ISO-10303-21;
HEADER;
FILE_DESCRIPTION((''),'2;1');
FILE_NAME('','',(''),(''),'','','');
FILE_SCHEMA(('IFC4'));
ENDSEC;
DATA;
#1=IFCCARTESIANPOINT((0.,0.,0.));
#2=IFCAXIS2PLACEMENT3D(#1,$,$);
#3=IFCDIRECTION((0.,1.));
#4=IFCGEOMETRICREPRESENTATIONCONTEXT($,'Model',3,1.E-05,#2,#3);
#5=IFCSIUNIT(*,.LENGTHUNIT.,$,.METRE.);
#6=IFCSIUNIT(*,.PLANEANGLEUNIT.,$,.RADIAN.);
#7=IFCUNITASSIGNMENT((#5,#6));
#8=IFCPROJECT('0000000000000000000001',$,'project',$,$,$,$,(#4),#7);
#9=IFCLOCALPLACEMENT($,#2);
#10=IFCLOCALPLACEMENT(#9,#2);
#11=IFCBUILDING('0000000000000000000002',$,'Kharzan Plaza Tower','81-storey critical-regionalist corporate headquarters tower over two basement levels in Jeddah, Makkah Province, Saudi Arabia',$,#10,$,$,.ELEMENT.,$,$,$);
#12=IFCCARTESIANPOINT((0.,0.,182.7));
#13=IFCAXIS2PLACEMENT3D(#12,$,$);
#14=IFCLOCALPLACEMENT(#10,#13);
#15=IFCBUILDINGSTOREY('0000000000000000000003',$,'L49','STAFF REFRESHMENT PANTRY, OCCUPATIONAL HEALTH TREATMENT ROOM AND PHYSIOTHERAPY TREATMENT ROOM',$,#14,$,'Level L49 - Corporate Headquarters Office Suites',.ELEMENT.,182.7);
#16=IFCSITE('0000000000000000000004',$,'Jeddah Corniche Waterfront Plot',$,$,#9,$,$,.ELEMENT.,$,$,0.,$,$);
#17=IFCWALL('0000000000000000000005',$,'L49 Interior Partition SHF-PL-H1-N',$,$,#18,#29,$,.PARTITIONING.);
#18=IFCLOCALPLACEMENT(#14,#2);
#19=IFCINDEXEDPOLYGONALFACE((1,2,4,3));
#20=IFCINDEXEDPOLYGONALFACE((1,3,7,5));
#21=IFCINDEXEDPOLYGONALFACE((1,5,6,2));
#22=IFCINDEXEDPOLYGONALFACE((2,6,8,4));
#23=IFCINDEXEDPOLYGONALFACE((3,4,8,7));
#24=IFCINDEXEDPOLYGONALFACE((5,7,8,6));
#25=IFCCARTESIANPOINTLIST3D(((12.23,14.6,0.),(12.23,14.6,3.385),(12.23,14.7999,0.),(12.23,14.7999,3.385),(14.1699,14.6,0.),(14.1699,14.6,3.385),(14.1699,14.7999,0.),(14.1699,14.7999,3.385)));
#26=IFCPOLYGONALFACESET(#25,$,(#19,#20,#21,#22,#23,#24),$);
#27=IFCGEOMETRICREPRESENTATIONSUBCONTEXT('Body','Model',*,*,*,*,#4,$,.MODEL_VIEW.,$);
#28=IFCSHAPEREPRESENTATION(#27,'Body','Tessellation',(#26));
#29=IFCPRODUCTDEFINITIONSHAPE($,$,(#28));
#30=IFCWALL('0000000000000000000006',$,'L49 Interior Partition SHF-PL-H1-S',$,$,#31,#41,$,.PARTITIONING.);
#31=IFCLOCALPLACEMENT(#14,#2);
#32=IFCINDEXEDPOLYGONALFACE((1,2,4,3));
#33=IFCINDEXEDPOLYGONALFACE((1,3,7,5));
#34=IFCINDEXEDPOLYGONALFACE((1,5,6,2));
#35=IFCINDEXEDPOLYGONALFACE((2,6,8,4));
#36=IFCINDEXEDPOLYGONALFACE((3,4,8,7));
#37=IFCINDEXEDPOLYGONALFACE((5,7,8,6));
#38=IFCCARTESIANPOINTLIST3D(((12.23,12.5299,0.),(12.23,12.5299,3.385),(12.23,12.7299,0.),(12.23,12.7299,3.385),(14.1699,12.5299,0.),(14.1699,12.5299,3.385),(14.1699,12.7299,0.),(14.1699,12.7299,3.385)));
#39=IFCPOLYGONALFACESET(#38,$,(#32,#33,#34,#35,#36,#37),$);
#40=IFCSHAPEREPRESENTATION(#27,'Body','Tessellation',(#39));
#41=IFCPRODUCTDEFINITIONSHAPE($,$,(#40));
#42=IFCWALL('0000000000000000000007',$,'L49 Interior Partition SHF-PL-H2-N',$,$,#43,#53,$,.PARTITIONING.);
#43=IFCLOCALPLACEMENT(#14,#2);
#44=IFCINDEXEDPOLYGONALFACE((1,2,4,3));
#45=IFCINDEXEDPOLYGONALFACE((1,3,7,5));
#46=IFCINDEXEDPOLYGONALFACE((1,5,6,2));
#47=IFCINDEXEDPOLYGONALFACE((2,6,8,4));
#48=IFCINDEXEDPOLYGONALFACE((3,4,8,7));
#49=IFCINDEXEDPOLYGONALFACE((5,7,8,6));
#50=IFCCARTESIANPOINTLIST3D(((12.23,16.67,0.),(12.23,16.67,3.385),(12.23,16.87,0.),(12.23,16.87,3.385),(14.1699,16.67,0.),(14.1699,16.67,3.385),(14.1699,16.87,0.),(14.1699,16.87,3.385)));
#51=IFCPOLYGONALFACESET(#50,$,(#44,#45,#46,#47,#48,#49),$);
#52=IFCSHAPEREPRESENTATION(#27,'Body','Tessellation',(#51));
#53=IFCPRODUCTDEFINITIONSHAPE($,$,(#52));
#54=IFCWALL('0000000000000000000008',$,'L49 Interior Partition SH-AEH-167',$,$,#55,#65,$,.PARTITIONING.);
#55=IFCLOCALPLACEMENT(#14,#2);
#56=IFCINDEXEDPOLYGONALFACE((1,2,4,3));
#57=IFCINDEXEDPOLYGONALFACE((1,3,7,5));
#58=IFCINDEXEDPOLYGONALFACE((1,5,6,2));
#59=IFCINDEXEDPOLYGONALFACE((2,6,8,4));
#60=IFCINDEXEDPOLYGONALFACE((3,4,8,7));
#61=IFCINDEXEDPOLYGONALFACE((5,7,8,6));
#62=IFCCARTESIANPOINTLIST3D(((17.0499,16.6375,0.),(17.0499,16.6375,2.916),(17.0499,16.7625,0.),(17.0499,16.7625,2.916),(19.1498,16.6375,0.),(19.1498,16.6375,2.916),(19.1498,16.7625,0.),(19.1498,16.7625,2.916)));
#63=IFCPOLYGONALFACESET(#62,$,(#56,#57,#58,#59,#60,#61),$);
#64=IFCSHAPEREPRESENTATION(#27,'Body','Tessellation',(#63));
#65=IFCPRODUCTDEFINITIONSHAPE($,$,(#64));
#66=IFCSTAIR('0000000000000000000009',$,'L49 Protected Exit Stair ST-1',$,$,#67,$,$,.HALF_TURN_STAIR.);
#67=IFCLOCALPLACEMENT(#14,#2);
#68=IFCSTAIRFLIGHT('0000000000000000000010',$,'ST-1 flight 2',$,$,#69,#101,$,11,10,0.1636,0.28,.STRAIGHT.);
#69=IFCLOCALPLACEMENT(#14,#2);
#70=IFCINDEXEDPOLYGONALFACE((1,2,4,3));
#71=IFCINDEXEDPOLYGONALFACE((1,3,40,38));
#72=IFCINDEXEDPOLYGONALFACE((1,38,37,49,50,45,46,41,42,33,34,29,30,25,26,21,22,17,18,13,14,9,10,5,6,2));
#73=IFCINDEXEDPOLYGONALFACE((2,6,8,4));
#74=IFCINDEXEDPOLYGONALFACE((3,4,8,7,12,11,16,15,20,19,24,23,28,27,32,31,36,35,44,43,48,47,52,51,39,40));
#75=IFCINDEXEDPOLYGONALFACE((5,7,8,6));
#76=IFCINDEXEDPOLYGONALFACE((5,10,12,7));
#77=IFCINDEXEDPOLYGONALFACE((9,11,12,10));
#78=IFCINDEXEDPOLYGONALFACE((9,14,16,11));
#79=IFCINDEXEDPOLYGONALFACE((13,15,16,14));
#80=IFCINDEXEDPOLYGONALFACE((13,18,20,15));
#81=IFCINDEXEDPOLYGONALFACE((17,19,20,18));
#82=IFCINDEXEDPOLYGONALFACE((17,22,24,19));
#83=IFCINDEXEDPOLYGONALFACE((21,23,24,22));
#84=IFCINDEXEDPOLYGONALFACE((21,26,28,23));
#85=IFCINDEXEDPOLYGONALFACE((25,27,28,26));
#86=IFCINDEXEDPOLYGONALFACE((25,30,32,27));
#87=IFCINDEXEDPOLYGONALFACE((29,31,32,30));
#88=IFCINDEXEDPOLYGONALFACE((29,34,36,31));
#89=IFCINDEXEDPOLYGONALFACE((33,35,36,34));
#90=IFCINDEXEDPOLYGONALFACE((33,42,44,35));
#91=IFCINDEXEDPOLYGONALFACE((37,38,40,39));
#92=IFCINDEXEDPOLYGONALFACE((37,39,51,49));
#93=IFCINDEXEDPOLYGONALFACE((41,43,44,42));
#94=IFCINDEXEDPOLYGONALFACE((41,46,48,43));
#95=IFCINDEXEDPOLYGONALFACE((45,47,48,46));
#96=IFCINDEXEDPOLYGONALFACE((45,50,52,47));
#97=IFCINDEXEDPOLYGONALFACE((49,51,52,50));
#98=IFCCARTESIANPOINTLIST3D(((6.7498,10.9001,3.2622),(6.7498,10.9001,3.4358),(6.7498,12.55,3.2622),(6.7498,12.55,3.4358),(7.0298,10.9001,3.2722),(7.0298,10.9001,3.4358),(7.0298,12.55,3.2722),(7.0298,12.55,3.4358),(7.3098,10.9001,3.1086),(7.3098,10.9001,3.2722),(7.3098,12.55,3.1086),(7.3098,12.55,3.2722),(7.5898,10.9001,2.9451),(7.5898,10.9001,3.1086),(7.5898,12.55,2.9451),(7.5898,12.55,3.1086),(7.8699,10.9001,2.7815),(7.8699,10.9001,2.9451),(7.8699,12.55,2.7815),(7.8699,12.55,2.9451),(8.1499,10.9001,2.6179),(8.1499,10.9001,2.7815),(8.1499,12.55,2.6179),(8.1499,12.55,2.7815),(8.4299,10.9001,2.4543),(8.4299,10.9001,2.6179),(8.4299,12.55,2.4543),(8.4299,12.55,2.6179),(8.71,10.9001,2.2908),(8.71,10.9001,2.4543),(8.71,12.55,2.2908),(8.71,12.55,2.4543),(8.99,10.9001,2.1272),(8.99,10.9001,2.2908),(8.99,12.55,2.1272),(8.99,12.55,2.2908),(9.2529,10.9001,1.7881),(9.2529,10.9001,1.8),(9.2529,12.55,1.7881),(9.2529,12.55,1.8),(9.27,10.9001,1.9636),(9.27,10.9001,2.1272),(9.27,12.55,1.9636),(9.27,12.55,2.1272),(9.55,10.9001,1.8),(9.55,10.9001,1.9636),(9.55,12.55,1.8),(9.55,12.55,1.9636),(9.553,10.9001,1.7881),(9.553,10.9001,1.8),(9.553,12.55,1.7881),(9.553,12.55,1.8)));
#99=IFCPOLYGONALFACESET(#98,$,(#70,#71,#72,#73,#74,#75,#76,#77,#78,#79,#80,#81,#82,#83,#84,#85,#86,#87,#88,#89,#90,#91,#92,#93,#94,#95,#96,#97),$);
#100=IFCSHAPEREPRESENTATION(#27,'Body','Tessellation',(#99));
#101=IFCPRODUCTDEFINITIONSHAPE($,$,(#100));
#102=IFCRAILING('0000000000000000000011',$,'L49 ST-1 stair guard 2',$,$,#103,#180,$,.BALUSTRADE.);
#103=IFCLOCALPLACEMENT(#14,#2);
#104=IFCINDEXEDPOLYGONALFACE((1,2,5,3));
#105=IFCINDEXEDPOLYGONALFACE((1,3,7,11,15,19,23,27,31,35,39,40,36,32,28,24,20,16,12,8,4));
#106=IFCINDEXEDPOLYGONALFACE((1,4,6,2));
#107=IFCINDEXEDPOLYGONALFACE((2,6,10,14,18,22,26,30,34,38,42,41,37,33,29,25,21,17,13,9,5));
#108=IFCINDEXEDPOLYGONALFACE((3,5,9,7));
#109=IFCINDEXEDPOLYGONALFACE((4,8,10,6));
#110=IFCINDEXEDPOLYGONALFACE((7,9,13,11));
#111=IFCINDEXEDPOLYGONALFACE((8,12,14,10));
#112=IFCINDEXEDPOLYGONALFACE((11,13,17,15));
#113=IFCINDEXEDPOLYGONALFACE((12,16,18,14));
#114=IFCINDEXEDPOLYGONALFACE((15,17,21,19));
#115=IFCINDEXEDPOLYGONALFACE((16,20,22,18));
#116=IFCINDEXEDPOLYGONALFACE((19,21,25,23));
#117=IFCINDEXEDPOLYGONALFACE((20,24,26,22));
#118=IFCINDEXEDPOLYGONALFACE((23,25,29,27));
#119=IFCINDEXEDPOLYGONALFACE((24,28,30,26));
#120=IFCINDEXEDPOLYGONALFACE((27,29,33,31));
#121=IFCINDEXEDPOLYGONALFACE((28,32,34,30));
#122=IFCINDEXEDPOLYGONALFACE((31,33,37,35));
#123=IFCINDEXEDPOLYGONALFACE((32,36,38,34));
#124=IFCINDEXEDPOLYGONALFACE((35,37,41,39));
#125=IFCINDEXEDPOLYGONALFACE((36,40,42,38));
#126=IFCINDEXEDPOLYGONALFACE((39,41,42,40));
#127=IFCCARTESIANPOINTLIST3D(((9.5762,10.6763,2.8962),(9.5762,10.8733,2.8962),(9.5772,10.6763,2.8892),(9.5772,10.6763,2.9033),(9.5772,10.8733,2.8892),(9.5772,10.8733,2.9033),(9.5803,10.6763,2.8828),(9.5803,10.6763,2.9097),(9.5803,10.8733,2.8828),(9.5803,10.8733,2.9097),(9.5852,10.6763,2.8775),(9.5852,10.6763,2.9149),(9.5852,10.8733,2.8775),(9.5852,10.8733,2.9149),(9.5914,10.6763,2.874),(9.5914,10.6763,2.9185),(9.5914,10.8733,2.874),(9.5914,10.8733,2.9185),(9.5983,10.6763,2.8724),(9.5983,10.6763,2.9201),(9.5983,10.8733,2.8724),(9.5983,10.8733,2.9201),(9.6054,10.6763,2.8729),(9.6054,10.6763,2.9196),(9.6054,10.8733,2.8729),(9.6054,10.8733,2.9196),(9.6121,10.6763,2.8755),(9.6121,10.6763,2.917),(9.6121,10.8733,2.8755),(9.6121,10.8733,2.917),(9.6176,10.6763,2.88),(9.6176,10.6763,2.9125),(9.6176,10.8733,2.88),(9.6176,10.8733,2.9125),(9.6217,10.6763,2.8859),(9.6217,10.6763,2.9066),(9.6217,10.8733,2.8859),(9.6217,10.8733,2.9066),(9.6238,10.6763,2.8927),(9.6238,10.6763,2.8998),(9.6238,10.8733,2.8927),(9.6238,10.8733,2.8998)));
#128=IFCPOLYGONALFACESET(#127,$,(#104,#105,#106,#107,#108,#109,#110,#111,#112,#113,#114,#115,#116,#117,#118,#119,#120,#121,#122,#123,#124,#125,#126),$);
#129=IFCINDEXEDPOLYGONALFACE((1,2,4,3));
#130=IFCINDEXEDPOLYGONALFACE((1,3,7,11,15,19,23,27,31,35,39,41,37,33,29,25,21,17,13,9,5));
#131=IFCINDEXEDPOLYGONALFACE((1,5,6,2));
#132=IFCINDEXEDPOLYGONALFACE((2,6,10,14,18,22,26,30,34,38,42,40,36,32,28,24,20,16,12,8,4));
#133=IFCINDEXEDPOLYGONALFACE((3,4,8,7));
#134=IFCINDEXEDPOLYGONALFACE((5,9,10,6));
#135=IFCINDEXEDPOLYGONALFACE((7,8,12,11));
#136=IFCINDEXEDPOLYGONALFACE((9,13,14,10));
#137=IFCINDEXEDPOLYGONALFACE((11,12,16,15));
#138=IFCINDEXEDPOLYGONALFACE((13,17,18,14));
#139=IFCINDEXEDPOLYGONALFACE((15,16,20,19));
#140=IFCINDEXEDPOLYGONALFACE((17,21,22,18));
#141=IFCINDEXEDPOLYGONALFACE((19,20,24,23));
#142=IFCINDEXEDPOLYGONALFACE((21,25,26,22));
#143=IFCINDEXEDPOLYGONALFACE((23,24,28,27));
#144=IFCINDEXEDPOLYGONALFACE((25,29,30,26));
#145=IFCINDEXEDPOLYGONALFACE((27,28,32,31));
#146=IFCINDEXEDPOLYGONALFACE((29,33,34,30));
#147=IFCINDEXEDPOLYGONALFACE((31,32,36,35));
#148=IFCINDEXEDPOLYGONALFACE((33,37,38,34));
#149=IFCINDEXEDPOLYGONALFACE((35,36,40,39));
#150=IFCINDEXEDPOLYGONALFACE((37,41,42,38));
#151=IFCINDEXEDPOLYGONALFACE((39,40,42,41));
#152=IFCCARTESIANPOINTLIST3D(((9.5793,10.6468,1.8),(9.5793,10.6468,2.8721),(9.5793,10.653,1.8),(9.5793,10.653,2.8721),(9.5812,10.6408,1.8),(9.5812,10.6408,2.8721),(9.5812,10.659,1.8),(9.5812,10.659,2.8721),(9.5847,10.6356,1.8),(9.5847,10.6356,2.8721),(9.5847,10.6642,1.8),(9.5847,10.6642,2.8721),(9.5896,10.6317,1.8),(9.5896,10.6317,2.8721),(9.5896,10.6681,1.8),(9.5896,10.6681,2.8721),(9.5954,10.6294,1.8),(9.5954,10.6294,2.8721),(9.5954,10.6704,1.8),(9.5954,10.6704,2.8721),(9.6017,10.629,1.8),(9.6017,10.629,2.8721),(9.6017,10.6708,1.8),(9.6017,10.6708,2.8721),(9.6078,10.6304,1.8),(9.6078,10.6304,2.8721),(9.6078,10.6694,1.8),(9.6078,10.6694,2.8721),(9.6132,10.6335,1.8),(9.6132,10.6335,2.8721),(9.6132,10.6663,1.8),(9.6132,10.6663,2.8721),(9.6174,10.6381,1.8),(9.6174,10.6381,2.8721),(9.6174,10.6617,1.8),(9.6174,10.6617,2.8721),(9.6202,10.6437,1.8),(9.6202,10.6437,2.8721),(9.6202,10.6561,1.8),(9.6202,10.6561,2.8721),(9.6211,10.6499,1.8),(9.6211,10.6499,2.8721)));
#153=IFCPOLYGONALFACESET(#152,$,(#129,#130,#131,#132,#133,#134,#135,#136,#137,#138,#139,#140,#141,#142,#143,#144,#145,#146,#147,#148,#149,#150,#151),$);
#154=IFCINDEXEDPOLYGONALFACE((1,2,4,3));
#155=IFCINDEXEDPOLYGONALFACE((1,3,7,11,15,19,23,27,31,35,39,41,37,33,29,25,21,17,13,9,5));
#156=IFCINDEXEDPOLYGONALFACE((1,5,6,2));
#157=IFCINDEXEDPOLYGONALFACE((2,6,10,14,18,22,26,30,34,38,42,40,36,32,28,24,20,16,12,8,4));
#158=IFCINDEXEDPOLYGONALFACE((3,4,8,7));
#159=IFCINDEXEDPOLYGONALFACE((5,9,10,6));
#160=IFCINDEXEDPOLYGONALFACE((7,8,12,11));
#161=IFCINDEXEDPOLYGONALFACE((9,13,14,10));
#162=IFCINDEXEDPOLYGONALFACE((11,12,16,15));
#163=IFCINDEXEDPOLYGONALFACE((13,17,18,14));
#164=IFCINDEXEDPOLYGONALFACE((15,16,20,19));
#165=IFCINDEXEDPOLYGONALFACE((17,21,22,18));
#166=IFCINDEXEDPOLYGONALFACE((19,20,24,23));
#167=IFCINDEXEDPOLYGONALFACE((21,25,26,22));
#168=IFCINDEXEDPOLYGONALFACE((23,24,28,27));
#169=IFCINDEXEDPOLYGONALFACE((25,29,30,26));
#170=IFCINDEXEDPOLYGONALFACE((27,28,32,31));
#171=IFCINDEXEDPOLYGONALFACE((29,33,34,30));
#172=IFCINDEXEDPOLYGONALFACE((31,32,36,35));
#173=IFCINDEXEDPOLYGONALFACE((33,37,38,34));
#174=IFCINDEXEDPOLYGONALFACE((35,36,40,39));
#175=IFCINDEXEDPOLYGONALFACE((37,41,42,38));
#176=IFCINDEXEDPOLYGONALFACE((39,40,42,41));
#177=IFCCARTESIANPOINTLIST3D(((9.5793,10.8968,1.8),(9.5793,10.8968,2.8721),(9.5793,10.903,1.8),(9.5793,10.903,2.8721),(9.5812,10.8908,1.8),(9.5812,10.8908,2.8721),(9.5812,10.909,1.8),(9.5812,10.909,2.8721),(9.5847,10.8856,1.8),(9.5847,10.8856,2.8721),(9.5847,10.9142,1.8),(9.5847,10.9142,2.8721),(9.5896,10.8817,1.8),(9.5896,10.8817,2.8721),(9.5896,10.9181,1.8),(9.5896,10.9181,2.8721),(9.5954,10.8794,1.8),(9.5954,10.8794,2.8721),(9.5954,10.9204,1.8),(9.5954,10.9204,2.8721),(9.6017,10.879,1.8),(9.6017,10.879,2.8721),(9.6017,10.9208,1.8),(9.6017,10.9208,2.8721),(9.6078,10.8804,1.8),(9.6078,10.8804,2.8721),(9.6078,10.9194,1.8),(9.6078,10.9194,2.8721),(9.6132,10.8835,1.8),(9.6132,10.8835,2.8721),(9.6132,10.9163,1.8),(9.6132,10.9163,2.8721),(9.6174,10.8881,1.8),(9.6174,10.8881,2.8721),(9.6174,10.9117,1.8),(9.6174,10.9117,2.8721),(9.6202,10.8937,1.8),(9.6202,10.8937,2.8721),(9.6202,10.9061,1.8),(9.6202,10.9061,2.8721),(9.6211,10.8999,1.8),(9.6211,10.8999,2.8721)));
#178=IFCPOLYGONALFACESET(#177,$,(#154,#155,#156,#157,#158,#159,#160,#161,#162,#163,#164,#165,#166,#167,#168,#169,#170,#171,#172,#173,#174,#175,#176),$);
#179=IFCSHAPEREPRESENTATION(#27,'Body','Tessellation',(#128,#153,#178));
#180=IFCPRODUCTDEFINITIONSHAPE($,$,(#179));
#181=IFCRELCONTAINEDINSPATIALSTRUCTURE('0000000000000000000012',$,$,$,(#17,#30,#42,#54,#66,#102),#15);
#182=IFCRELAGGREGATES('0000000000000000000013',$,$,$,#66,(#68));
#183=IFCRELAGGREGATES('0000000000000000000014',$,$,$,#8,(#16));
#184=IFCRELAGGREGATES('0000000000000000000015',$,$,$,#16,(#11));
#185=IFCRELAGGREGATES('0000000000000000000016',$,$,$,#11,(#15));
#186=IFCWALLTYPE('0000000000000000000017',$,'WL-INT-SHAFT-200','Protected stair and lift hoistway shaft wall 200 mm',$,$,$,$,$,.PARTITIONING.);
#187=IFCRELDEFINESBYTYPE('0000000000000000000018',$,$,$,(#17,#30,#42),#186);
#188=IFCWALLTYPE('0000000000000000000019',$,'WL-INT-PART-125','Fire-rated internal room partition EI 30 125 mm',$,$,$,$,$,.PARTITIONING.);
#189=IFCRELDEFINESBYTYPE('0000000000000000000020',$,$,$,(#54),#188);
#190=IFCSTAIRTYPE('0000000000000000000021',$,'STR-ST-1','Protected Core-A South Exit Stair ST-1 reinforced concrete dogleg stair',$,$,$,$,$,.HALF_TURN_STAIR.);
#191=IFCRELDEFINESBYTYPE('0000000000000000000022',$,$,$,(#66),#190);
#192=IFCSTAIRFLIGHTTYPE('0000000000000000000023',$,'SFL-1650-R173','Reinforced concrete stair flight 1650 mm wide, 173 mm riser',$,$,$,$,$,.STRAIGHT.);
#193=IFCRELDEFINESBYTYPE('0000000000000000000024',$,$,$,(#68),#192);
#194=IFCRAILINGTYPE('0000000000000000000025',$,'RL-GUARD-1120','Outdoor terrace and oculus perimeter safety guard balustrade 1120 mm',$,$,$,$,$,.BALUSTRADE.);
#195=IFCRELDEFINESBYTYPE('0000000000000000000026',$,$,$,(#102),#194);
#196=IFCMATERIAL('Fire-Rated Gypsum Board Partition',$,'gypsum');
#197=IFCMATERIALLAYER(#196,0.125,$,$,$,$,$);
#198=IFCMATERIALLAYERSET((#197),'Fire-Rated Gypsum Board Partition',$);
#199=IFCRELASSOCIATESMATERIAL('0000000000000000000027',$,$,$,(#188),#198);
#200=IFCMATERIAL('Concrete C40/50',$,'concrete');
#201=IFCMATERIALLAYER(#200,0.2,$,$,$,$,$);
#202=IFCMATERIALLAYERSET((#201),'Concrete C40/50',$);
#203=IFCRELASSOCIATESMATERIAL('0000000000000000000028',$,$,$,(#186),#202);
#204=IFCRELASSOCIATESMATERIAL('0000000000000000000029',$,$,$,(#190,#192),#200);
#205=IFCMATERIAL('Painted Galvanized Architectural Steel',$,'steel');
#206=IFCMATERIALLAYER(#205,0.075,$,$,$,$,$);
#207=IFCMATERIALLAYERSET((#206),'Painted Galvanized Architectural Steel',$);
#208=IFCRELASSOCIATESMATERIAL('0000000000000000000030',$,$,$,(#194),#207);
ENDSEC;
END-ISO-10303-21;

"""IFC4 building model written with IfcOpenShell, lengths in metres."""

from ifc_helpers import new_model, si_unit, direction, frame, frame_2d, origin, origin_2d, place, context, subcontext, project, spatial, polyline, rectangle, circle, outline, extrude, source, transform, mapped, material, layer, layer_set, type_object, element, aggregate, save


model = new_model("IFC4")

# Units and contexts
model_context = context("Model", 3, precision=1e-05, world=origin(), true_north=direction((0.0, 1.0)))
body_context = subcontext(model_context, "Body", "Model", "MODEL_VIEW")
ifc_project = project(units=[si_unit("LENGTHUNIT", "METRE"), si_unit("PLANEANGLEUNIT", "RADIAN")], contexts=[model_context])

# Site, building, storey
site_placement = place(None, origin())
site = spatial("IfcSite", under=ifc_project, at=site_placement, Name="Jeddah Corniche Waterfront Plot", CompositionType="ELEMENT", RefElevation=0.0)
building_placement = place(site_placement, origin())
building = spatial("IfcBuilding", under=site, at=building_placement, Name="Kharzan Plaza Tower", Description="81-storey critical-regionalist corporate headquarters tower over two basement levels in Jeddah, Makkah Province, Saudi Arabia", CompositionType="ELEMENT")
storey_placement = place(building_placement, frame((0.0, 0.0, 182.7)))
storey = spatial("IfcBuildingStorey", under=building, at=storey_placement, Name="L49", Description="STAFF REFRESHMENT PANTRY, OCCUPATIONAL HEALTH TREATMENT ROOM AND PHYSIOTHERAPY TREATMENT ROOM", LongName="Level L49 - Corporate Headquarters Office Suites", CompositionType="ELEMENT", Elevation=182.7)

# Shared definitions
ifc_material_1 = material(Name="Fire-Rated Gypsum Board Partition", Category="gypsum")
ifc_layer_1 = layer(ifc_material_1, 0.125)
ifc_layer_set_1 = layer_set([ifc_layer_1], Name="Fire-Rated Gypsum Board Partition")
wall_type_1 = type_object("IfcWallType", Name="WL-INT-PART-125", Description="Fire-rated internal room partition EI 30 125 mm", PredefinedType="PARTITIONING", material=ifc_layer_set_1)
ifc_material_2 = material(Name="Concrete C40/50", Category="concrete")
ifc_layer_2 = layer(ifc_material_2, 0.2)
ifc_layer_set_2 = layer_set([ifc_layer_2], Name="Concrete C40/50")
wall_type_2 = type_object("IfcWallType", Name="WL-INT-SHAFT-200", Description="Protected stair and lift hoistway shaft wall 200 mm", PredefinedType="PARTITIONING", material=ifc_layer_set_2)

# Walls
shared_shape_1 = source(origin(), body_context, "Body", "SweptSolid", [
    extrude(rectangle(XDim=1.9399, YDim=0.2, at=frame_2d((0.97, 0.0))), origin(), (0.0, 0.0, 1.0), 3.385),
])
for number, where, z_axis, x_axis, name in (
    (1, (12.23, 14.7, 0.0), (0.0, 0.0, 1.0), (1.0, 0.0, 0.0), "L49 Interior Partition SHF-PL-H1-N"),
    (2, (12.23, 12.6299, 0.0), (0.0, 0.0, 1.0), (1.0, 0.0, 0.0), "L49 Interior Partition SHF-PL-H1-S"),
    (3, (12.23, 16.77, 0.0), (0.0, 0.0, 1.0), (1.0, 0.0, 0.0), "L49 Interior Partition SHF-PL-H2-N"),
):
    element("IfcWall", number, at=place(storey_placement, frame(where, z_axis=z_axis, x_axis=x_axis)), inside=storey, type_object=wall_type_2, Name=name, PredefinedType="PARTITIONING", context=body_context, shape_type="MappedRepresentation", body=[
        mapped(shared_shape_1, transform((0.0, 0.0, 0.0), x_axis=(1.0, 0.0, 0.0), y_axis=(0.0, 1.0, 0.0), z_axis=(0.0, 0.0, 1.0))),
    ])
shared_shape_2 = source(origin(), body_context, "Body", "SweptSolid", [
    extrude(rectangle(XDim=2.0999, YDim=0.125, at=frame_2d((1.0498, 0.0))), origin(), (0.0, 0.0, 1.0), 2.916),
])
wall_1_placement = place(storey_placement, frame((17.05, 16.7, 0.0), z_axis=(0.0, 0.0, 1.0), x_axis=(1.0, 0.0, 0.0)))
element("IfcWall", 4, at=wall_1_placement, inside=storey, type_object=wall_type_1, Name="L49 Interior Partition SH-AEH-167", PredefinedType="PARTITIONING", context=body_context, shape_type="MappedRepresentation", body=[
    mapped(shared_shape_2, transform((0.0, 0.0, 0.0), x_axis=(1.0, 0.0, 0.0), y_axis=(0.0, 1.0, 0.0), z_axis=(0.0, 0.0, 1.0))),
])

# Stair, stair flight
stair_type = type_object("IfcStairType", Name="STR-ST-1", Description="Protected Core-A South Exit Stair ST-1 reinforced concrete dogleg stair", PredefinedType="HALF_TURN_STAIR", material=ifc_material_2)
stair_placement = place(storey_placement, origin())
stair = element("IfcStair", 5, at=stair_placement, inside=storey, type_object=stair_type, Name="L49 Protected Exit Stair ST-1", PredefinedType="HALF_TURN_STAIR")
stair_flight_type = type_object("IfcStairFlightType", Name="SFL-1650-R173", Description="Reinforced concrete stair flight 1650 mm wide, 173 mm riser", PredefinedType="STRAIGHT", material=ifc_material_2)
shared_shape_3 = source(origin(), body_context, "Body", "SweptSolid", [
    extrude(outline(polyline([(-0.0029, -0.012), (-0.0029, 0.0), (0.0, 0.0), (0.0, 0.1636), (0.28, 0.1636), (0.28, 0.3271), (0.5601, 0.3271), (0.5601, 0.4907), (0.8401, 0.4907), (0.8401, 0.6543), (1.1201, 0.6543), (1.1201, 0.8179), (1.4001, 0.8179), (1.4001, 0.9814), (1.6802, 0.9814), (1.6802, 1.145), (1.9602, 1.145), (1.9602, 1.3086), (2.2402, 1.3086), (2.2402, 1.4722), (2.5203, 1.4722), (2.5203, 1.6357), (2.8003, 1.6357), (2.8003, 1.7993), (2.8003, 1.4622), (0.2971, 0.0), (0.2971, -0.012), (-0.0029, -0.012)])), frame((0.0, 0.825, 0.0), z_axis=(0.0, -1.0, 0.0), x_axis=(1.0, 0.0, 0.0)), (0.0, 0.0, 1.0), 1.6499),
])
stair_flight_placement = place(storey_placement, frame((9.55, 11.7251, 1.8), z_axis=(0.0, 0.0, 1.0), x_axis=(-1.0, 0.0, 0.0)))
stair_flight = element("IfcStairFlight", 6, at=stair_flight_placement, type_object=stair_flight_type, Name="ST-1 flight 2", NumberOfRisers=11, NumberOfTreads=10, PredefinedType="STRAIGHT", RiserHeight=0.1636, TreadLength=0.28, context=body_context, shape_type="MappedRepresentation", body=[
    mapped(shared_shape_3, transform((0.0, 0.0, 0.0), x_axis=(1.0, 0.0, 0.0), y_axis=(0.0, 1.0, 0.0), z_axis=(0.0, 0.0, 1.0))),
])
aggregate(stair, [stair_flight])

# Railing
ifc_material_3 = material(Name="Painted Galvanized Architectural Steel", Category="steel")
ifc_layer_3 = layer(ifc_material_3, 0.075)
ifc_layer_set_3 = layer_set([ifc_layer_3], Name="Painted Galvanized Architectural Steel")
railing_type_1 = type_object("IfcRailingType", Name="RL-GUARD-1120", Description="Outdoor terrace and oculus perimeter safety guard balustrade 1120 mm", PredefinedType="BALUSTRADE", material=ifc_layer_set_3)
shared_shape_4 = source(origin(), body_context, "Body", "SweptSolid", [
    extrude(circle(Radius=0.0239, at=origin_2d()), frame((0.0, 0.0264, 1.0962), z_axis=(0.0, 1.0, 0.0), x_axis=(-1.0, 0.0, 0.0)), (0.0, 0.0, 1.0), 0.197),
    extrude(circle(Radius=0.021, at=origin_2d()), origin(), (0.0, 0.0, 1.0), 1.072),
    extrude(circle(Radius=0.021, at=origin_2d()), frame((0.0, 0.25, 0.0)), (0.0, 0.0, 1.0), 1.072),
])
railing_1_placement = place(storey_placement, frame((9.6001, 10.6499, 1.8)))
element("IfcRailing", 7, at=railing_1_placement, inside=storey, type_object=railing_type_1, Name="L49 ST-1 stair guard 2", PredefinedType="BALUSTRADE", context=body_context, shape_type="MappedRepresentation", body=[
    mapped(shared_shape_4, transform((0.0, 0.0, 0.0), x_axis=(1.0, 0.0, 0.0), y_axis=(0.0, 1.0, 0.0), z_axis=(0.0, 0.0, 1.0))),
])

save(model, "model.ifc")
